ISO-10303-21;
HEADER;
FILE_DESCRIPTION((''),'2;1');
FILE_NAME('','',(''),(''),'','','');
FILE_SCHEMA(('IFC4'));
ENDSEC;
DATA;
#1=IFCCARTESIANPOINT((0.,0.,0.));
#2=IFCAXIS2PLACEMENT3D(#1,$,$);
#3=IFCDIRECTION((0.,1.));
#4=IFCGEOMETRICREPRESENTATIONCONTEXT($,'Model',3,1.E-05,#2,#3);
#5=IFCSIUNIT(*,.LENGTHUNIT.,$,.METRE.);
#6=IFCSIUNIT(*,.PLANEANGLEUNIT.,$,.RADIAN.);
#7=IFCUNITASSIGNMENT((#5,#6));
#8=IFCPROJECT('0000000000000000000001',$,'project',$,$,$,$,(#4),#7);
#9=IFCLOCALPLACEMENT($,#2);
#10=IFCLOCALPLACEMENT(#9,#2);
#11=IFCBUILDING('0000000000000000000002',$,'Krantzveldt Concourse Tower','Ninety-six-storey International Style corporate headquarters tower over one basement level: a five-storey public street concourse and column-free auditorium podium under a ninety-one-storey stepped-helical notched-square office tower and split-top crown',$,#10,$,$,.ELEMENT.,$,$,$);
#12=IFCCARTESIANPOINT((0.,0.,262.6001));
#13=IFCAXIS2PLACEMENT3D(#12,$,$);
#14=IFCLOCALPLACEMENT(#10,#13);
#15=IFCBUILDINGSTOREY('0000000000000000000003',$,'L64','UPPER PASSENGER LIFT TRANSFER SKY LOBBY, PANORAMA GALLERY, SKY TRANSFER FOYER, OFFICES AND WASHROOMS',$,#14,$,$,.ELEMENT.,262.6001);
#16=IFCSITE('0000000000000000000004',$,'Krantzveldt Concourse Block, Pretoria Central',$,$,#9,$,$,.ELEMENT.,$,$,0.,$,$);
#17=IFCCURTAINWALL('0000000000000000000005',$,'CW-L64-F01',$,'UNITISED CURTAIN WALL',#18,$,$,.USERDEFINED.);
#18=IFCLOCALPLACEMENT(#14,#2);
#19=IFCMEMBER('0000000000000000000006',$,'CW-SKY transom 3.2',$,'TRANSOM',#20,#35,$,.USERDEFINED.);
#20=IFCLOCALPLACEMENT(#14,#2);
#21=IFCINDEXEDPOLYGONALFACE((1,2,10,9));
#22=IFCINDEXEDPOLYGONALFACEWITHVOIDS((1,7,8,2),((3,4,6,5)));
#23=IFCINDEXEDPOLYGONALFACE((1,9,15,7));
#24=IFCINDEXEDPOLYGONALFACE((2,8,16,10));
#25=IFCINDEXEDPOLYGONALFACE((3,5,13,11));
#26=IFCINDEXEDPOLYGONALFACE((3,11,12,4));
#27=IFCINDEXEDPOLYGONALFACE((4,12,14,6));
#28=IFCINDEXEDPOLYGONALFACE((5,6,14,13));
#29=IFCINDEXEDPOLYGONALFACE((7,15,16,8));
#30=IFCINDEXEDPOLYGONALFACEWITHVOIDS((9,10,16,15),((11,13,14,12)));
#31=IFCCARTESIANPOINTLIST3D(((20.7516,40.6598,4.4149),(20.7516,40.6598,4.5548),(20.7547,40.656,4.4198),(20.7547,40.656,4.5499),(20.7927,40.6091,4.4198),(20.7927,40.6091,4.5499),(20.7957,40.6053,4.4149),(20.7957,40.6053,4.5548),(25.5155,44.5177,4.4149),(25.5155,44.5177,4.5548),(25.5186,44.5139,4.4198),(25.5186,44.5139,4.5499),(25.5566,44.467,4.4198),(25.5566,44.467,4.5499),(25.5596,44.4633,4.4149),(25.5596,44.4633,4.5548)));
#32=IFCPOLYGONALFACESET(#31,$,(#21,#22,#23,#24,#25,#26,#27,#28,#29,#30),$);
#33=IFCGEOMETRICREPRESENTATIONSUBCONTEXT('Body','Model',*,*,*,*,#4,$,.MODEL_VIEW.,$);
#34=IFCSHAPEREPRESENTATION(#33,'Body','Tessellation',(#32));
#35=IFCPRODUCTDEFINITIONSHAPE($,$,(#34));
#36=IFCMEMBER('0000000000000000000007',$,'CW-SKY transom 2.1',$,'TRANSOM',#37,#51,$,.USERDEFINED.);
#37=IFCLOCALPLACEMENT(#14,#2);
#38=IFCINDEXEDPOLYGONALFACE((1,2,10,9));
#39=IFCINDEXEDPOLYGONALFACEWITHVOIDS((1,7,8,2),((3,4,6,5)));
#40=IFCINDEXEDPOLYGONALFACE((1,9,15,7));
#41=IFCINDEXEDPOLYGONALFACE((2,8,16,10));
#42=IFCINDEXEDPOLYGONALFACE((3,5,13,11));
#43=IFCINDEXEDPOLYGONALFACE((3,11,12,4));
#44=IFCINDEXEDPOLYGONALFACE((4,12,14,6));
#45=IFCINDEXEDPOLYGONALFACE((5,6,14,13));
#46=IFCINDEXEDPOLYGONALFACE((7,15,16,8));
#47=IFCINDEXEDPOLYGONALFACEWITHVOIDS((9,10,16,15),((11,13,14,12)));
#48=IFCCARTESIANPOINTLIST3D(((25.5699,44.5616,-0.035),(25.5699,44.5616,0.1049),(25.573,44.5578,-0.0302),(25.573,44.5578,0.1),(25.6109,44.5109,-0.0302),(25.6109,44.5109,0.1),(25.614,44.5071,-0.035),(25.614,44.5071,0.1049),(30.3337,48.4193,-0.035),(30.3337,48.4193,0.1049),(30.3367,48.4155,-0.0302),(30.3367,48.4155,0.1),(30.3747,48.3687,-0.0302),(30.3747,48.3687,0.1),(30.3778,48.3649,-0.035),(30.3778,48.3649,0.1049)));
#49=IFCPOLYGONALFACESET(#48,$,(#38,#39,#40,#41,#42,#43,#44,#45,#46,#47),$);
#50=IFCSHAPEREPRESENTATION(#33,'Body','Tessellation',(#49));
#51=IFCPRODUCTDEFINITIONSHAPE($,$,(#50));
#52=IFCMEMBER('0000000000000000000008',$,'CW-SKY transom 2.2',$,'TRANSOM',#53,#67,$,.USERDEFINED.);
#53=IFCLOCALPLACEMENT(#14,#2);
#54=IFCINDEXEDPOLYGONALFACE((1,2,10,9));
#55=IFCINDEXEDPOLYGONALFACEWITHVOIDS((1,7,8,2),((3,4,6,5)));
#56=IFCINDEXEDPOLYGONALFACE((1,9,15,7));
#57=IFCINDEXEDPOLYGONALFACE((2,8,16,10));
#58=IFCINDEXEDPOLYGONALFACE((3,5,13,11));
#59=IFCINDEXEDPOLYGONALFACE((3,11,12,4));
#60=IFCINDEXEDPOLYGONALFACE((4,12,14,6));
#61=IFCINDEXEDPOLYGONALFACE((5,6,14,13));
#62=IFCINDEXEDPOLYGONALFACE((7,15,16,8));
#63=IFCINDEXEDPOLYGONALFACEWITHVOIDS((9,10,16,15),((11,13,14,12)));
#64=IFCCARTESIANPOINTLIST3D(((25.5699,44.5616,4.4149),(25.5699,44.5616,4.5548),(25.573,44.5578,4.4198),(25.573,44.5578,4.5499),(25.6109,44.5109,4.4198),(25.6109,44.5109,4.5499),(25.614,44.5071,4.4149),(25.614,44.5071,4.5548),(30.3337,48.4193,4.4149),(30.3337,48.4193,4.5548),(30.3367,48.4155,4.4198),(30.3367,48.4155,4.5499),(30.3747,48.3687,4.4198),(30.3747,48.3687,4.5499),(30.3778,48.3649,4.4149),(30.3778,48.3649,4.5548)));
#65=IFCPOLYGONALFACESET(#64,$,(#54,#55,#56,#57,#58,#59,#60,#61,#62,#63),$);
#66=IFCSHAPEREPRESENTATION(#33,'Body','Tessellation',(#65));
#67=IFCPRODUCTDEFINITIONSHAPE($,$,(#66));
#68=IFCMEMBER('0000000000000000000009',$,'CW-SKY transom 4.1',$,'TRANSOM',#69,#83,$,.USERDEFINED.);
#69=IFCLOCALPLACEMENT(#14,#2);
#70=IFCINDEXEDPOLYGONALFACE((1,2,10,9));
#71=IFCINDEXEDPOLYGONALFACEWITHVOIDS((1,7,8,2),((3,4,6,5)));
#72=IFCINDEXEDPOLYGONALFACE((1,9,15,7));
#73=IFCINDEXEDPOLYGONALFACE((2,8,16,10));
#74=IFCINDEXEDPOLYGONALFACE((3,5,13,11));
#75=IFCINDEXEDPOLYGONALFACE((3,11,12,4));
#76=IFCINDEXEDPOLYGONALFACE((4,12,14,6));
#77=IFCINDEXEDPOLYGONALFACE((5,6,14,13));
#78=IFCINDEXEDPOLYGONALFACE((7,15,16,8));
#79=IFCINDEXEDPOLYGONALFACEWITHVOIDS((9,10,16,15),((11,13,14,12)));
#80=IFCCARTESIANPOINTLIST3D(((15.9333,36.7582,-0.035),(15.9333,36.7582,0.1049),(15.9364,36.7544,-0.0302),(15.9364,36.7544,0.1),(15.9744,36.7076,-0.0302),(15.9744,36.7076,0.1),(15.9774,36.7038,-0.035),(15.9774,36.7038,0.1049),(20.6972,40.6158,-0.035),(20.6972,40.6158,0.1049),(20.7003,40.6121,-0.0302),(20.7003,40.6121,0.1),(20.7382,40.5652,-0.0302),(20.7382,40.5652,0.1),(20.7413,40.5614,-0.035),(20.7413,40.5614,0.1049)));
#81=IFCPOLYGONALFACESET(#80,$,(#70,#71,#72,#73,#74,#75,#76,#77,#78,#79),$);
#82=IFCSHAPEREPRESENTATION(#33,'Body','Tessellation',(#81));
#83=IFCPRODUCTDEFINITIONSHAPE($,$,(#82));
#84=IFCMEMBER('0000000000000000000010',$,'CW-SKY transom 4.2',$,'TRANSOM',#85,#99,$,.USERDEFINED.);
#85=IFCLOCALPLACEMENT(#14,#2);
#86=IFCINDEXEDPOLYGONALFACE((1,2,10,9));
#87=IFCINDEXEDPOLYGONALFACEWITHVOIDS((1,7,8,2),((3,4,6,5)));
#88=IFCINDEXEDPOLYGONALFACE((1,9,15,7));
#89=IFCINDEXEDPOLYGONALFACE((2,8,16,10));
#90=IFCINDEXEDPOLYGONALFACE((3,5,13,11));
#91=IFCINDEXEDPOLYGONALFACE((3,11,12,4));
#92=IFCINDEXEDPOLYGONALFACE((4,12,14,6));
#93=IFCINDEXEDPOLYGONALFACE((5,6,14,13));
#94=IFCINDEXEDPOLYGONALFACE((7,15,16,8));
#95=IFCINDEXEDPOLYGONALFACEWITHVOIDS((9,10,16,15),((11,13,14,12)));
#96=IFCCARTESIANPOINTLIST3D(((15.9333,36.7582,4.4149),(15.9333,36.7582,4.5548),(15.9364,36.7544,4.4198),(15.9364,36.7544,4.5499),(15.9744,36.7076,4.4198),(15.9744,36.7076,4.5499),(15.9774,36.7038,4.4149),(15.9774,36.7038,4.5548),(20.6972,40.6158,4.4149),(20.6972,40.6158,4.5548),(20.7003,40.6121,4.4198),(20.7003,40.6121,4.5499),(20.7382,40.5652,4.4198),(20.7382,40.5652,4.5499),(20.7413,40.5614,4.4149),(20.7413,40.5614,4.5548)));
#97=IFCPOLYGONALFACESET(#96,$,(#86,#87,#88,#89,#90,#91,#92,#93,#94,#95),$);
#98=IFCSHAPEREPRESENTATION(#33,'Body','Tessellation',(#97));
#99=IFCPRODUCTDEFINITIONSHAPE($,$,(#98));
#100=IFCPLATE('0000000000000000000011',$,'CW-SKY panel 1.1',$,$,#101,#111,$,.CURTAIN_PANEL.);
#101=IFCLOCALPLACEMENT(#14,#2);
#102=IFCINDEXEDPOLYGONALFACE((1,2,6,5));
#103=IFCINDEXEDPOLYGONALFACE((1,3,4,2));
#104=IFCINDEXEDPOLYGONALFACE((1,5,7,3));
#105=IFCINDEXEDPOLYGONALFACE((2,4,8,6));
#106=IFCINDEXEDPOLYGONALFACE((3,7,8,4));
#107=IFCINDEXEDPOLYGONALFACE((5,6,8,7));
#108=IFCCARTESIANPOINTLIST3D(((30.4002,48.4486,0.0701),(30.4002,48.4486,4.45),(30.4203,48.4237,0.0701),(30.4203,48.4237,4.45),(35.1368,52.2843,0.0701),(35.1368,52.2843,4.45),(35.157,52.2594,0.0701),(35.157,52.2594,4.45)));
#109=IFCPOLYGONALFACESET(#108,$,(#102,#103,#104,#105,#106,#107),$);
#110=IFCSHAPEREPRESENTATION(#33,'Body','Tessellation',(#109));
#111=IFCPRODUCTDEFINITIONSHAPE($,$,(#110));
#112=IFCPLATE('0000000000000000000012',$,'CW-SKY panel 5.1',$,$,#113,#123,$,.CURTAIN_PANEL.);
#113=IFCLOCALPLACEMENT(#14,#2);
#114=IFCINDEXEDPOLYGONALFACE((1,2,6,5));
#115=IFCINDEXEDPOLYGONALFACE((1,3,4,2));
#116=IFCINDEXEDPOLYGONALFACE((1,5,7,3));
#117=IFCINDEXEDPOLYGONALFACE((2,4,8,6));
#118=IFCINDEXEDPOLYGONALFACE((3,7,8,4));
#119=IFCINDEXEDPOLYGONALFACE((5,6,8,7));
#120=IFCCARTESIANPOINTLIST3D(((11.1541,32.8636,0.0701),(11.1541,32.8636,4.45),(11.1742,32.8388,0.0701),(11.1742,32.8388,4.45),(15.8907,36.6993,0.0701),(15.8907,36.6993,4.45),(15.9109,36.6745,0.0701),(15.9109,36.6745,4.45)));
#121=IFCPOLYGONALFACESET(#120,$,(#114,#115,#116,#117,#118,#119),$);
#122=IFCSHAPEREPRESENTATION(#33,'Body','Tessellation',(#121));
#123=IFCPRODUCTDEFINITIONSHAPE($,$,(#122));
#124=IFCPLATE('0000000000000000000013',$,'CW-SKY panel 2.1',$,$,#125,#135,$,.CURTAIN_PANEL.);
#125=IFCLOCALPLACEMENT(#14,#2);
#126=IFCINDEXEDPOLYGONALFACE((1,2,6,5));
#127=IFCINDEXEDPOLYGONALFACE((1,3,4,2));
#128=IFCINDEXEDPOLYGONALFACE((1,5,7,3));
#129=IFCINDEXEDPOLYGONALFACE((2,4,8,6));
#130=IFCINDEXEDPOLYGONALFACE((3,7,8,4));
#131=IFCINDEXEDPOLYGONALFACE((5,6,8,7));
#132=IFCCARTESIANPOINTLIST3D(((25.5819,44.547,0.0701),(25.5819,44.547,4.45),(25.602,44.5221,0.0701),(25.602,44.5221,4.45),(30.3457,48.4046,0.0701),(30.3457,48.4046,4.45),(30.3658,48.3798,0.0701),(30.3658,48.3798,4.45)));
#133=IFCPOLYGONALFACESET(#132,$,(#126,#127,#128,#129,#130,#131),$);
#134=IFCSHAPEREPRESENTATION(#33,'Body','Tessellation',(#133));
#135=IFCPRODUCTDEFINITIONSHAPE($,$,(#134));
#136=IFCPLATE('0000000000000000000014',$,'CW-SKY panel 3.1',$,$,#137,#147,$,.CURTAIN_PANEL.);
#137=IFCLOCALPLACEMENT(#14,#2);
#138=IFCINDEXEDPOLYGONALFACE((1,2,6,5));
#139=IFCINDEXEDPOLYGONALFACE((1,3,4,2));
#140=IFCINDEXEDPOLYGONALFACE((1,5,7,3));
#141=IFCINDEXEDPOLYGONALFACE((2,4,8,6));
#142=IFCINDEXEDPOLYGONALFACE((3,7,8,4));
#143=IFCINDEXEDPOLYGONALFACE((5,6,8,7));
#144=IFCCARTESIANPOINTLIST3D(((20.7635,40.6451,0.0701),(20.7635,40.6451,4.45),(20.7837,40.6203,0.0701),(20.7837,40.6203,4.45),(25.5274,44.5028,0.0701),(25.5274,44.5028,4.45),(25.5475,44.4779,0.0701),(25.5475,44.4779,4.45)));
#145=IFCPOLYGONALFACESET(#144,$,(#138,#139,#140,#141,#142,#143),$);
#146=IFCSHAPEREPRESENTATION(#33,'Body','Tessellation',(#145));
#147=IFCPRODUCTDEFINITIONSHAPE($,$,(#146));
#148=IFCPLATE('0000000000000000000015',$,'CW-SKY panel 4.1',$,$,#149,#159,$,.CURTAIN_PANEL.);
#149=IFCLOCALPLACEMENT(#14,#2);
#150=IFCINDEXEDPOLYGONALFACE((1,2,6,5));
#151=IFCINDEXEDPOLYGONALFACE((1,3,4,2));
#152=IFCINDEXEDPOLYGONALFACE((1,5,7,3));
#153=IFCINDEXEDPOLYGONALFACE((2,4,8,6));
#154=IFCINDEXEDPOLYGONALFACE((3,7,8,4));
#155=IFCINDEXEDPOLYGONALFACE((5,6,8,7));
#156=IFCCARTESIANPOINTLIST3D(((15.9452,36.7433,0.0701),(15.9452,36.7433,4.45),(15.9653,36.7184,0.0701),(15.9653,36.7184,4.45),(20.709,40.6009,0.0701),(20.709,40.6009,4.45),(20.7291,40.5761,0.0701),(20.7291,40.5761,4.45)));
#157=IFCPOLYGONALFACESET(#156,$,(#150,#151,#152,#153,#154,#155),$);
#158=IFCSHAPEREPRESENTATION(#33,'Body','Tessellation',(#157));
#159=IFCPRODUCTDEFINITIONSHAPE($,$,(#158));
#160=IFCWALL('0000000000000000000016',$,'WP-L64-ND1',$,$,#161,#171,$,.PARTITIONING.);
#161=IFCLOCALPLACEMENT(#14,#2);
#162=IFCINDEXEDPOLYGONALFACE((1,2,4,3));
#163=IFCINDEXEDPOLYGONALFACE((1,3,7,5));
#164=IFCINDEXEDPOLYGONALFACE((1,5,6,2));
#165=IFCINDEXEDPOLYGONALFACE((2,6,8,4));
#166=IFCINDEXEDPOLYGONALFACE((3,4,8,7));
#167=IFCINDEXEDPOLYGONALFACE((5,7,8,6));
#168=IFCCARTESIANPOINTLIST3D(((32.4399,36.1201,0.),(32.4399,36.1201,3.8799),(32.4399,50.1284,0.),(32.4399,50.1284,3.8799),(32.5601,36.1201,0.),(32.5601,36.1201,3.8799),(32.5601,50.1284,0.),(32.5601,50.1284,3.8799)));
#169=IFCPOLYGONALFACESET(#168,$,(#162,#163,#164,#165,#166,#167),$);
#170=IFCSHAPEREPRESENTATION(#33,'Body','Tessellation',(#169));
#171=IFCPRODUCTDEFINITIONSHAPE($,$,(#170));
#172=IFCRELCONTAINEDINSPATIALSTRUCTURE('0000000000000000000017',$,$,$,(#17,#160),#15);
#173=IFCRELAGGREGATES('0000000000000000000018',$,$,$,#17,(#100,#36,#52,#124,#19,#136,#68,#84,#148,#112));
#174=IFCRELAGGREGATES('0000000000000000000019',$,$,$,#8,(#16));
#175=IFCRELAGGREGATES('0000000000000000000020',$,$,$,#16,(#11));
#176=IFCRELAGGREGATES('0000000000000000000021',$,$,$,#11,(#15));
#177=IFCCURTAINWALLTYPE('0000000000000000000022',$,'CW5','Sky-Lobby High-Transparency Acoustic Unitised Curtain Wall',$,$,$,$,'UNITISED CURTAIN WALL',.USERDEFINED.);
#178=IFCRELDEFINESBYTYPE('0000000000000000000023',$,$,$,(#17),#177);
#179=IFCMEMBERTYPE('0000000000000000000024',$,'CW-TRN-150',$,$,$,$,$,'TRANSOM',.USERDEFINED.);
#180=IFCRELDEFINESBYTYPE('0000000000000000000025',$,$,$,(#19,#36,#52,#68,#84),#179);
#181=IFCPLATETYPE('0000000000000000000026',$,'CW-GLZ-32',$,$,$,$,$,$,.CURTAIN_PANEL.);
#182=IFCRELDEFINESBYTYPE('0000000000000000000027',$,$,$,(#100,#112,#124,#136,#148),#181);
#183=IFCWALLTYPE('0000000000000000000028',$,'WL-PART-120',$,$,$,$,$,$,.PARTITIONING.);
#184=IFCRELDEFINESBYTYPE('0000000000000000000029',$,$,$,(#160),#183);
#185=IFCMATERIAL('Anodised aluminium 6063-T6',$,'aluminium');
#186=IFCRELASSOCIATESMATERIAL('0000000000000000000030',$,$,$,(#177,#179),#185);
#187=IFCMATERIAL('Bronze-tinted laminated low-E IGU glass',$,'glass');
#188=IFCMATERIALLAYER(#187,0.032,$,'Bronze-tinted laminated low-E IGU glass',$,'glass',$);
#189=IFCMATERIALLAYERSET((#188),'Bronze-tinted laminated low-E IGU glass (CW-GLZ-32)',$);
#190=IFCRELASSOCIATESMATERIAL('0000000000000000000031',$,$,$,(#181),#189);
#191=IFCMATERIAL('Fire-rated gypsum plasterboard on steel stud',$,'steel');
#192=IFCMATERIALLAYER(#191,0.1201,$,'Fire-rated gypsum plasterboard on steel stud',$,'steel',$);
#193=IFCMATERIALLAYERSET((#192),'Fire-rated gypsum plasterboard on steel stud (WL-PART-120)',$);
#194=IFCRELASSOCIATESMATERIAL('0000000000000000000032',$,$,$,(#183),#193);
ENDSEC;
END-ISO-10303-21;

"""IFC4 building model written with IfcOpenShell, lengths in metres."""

from ifc_helpers import new_model, si_unit, direction, frame, frame_2d, origin, origin_2d, place, context, subcontext, project, spatial, rectangle, hollow_rectangle, extrude, source, transform, mapped, material, layer, layer_set, material_profile, profile_set, type_object, type_shapes, element, aggregate, save


model = new_model("IFC4")

# Units and contexts
model_context = context("Model", 3, precision=1e-05, world=origin(), true_north=direction((0.0, 1.0)))
body_context = subcontext(model_context, "Body", "Model", "MODEL_VIEW")
ifc_project = project(units=[si_unit("LENGTHUNIT", "METRE"), si_unit("PLANEANGLEUNIT", "RADIAN")], contexts=[model_context])

# Site, building, storey
site_placement = place(None, origin())
site = spatial("IfcSite", under=ifc_project, at=site_placement, Name="Krantzveldt Concourse Block, Pretoria Central", CompositionType="ELEMENT", RefElevation=0.0)
building_placement = place(site_placement, origin())
building = spatial("IfcBuilding", under=site, at=building_placement, Name="Krantzveldt Concourse Tower", Description="Ninety-six-storey International Style corporate headquarters tower over one basement level: a five-storey public street concourse and column-free auditorium podium under a ninety-one-storey stepped-helical notched-square office tower and split-top crown", CompositionType="ELEMENT")
storey_placement = place(building_placement, frame((0.0, 0.0, 262.6001)))
storey = spatial("IfcBuildingStorey", under=building, at=storey_placement, Name="L64", Description="UPPER PASSENGER LIFT TRANSFER SKY LOBBY, PANORAMA GALLERY, SKY TRANSFER FOYER, OFFICES AND WASHROOMS", CompositionType="ELEMENT", Elevation=262.6001)

# Curtain wall, members, plates
ifc_material_1 = material(Name="Anodised aluminium 6063-T6", Category="aluminium")
curtain_wall_type = type_object("IfcCurtainWallType", Name="CW5", Description="Sky-Lobby High-Transparency Acoustic Unitised Curtain Wall", ElementType="UNITISED CURTAIN WALL", PredefinedType="USERDEFINED", material=ifc_material_1)
curtain_wall_placement = place(storey_placement, origin())
curtain_wall = element("IfcCurtainWall", 1, at=curtain_wall_placement, inside=storey, type_object=curtain_wall_type, Name="CW-L64-F01", ObjectType="UNITISED CURTAIN WALL", PredefinedType="USERDEFINED")
ifc_material_profile_1 = material_profile(ifc_material_1, hollow_rectangle(XDim=0.0701, YDim=0.1399, WallThickness=0.0049, at=origin_2d()), Name="Anodised aluminium 6063-T6", Category="aluminium")
ifc_profile_set_1 = profile_set([ifc_material_profile_1], Name="Anodised aluminium 6063-T6 - ALU-TRAN 140x70x5")
member_type_1 = type_object("IfcMemberType", Name="CW-TRN-150", ElementType="TRANSOM", PredefinedType="USERDEFINED", material=ifc_profile_set_1)
shared_shape_1 = source(origin(), body_context, "Body", "SweptSolid", [
    extrude(hollow_rectangle(XDim=0.0701, YDim=0.1399, WallThickness=0.0049, at=origin_2d()), origin(), (0.0, 0.0, 1.0), 6.1301),
])
member_1_placement = place(storey_placement, frame((25.5376, 44.4905, 4.4849), z_axis=(-0.777133, -0.629337, 0.0), x_axis=(0.629337, -0.777133, 0.0)))
member_1 = element("IfcMember", 2, at=member_1_placement, type_object=member_type_1, Name="CW-SKY transom 3.2", ObjectType="TRANSOM", PredefinedType="USERDEFINED", context=body_context, shape_type="MappedRepresentation", body=[
    mapped(shared_shape_1, transform((0.0, 0.0, 0.0), x_axis=(1.0, 0.0, 0.0), y_axis=(0.0, 1.0, 0.0), z_axis=(0.0, 0.0, 1.0), scale=1.0)),
])
shared_shape_2 = source(origin(), body_context, "Body", "SweptSolid", [
    extrude(hollow_rectangle(XDim=0.0701, YDim=0.1399, WallThickness=0.0049, at=origin_2d()), origin(), (0.0, 0.0, 1.0), 6.1299),
])
member_2_placement = place(storey_placement, frame((30.3557, 48.3921, 0.0349), z_axis=(-0.777136, -0.629332, 0.0), x_axis=(0.629332, -0.777136, 0.0)))
member_2 = element("IfcMember", 3, at=member_2_placement, type_object=member_type_1, Name="CW-SKY transom 2.1", ObjectType="TRANSOM", PredefinedType="USERDEFINED", context=body_context, shape_type="MappedRepresentation", body=[
    mapped(shared_shape_2, transform((0.0, 0.0, 0.0), x_axis=(1.0, 0.0, 0.0), y_axis=(0.0, 1.0, 0.0), z_axis=(0.0, 0.0, 1.0), scale=1.0)),
])
member_3_placement = place(storey_placement, frame((30.3557, 48.3921, 4.4849), z_axis=(-0.777136, -0.629332, 0.0), x_axis=(0.629332, -0.777136, 0.0)))
member_3 = element("IfcMember", 4, at=member_3_placement, type_object=member_type_1, Name="CW-SKY transom 2.2", ObjectType="TRANSOM", PredefinedType="USERDEFINED", context=body_context, shape_type="MappedRepresentation", body=[
    mapped(shared_shape_2, transform((0.0, 0.0, 0.0), x_axis=(1.0, 0.0, 0.0), y_axis=(0.0, 1.0, 0.0), z_axis=(0.0, 0.0, 1.0), scale=1.0)),
])
member_4_placement = place(storey_placement, frame((20.7192, 40.5886, 0.0349), z_axis=(-0.777152, -0.629313, 0.0), x_axis=(0.629313, -0.777152, 0.0)))
member_4 = element("IfcMember", 5, at=member_4_placement, type_object=member_type_1, Name="CW-SKY transom 4.1", ObjectType="TRANSOM", PredefinedType="USERDEFINED", context=body_context, shape_type="MappedRepresentation", body=[
    mapped(shared_shape_2, transform((0.0, 0.0, 0.0), x_axis=(1.0, 0.0, 0.0), y_axis=(0.0, 1.0, 0.0), z_axis=(0.0, 0.0, 1.0), scale=1.0)),
])
member_5_placement = place(storey_placement, frame((20.7192, 40.5886, 4.4849), z_axis=(-0.777152, -0.629313, 0.0), x_axis=(0.629313, -0.777152, 0.0)))
member_5 = element("IfcMember", 6, at=member_5_placement, type_object=member_type_1, Name="CW-SKY transom 4.2", ObjectType="TRANSOM", PredefinedType="USERDEFINED", context=body_context, shape_type="MappedRepresentation", body=[
    mapped(shared_shape_2, transform((0.0, 0.0, 0.0), x_axis=(1.0, 0.0, 0.0), y_axis=(0.0, 1.0, 0.0), z_axis=(0.0, 0.0, 1.0), scale=1.0)),
])
ifc_material_2 = material(Name="Bronze-tinted laminated low-E IGU glass", Category="glass")
ifc_layer_1 = layer(ifc_material_2, 0.032, Name="Bronze-tinted laminated low-E IGU glass", Category="glass")
ifc_layer_set_1 = layer_set([ifc_layer_1], Name="Bronze-tinted laminated low-E IGU glass (CW-GLZ-32)")
plate_type = type_object("IfcPlateType", Name="CW-GLZ-32", PredefinedType="CURTAIN_PANEL", material=ifc_layer_set_1)
shared_shape_3 = source(origin(), body_context, "Body", "SweptSolid", [
    extrude(rectangle(XDim=6.095, YDim=0.032, at=origin_2d()), origin(), (0.0, 0.0, 1.0), 4.3799),
])
plate_1_placement = place(storey_placement, frame((32.7786, 50.354, 0.0701), z_axis=(0.0, 0.0, 1.0), x_axis=(-0.777146, -0.62932, 0.0)))
plate_1 = element("IfcPlate", 7, at=plate_1_placement, type_object=plate_type, Name="CW-SKY panel 1.1", PredefinedType="CURTAIN_PANEL", context=body_context, shape_type="MappedRepresentation", body=[
    mapped(shared_shape_3, transform((0.0, 0.0, 0.0), x_axis=(1.0, 0.0, 0.0), y_axis=(0.0, 1.0, 0.0), z_axis=(0.0, 0.0, 1.0), scale=1.0)),
])
plate_2_placement = place(storey_placement, frame((13.5325, 34.769, 0.0701), z_axis=(0.0, 0.0, 1.0), x_axis=(-0.777146, -0.62932, 0.0)))
plate_2 = element("IfcPlate", 8, at=plate_2_placement, type_object=plate_type, Name="CW-SKY panel 5.1", PredefinedType="CURTAIN_PANEL", context=body_context, shape_type="MappedRepresentation", body=[
    mapped(shared_shape_3, transform((0.0, 0.0, 0.0), x_axis=(1.0, 0.0, 0.0), y_axis=(0.0, 1.0, 0.0), z_axis=(0.0, 0.0, 1.0), scale=1.0)),
])
shared_shape_4 = source(origin(), body_context, "Body", "SweptSolid", [
    extrude(rectangle(XDim=6.1299, YDim=0.032, at=origin_2d()), origin(), (0.0, 0.0, 1.0), 4.3799),
])
type_shapes(plate_type, [shared_shape_3, shared_shape_4])
plate_3_placement = place(storey_placement, frame((27.9739, 46.4634, 0.0701), z_axis=(0.0, 0.0, 1.0), x_axis=(-0.777146, -0.62932, 0.0)))
plate_3 = element("IfcPlate", 9, at=plate_3_placement, type_object=plate_type, Name="CW-SKY panel 2.1", PredefinedType="CURTAIN_PANEL", context=body_context, shape_type="MappedRepresentation", body=[
    mapped(shared_shape_4, transform((0.0, 0.0, 0.0), x_axis=(1.0, 0.0, 0.0), y_axis=(0.0, 1.0, 0.0), z_axis=(0.0, 0.0, 1.0), scale=1.0)),
])
plate_4_placement = place(storey_placement, frame((23.1555, 42.5615, 0.0701), z_axis=(0.0, 0.0, 1.0), x_axis=(-0.777146, -0.62932, 0.0)))
plate_4 = element("IfcPlate", 10, at=plate_4_placement, type_object=plate_type, Name="CW-SKY panel 3.1", PredefinedType="CURTAIN_PANEL", context=body_context, shape_type="MappedRepresentation", body=[
    mapped(shared_shape_4, transform((0.0, 0.0, 0.0), x_axis=(1.0, 0.0, 0.0), y_axis=(0.0, 1.0, 0.0), z_axis=(0.0, 0.0, 1.0), scale=1.0)),
])
plate_5_placement = place(storey_placement, frame((18.3372, 38.6597, 0.0701), z_axis=(0.0, 0.0, 1.0), x_axis=(-0.777146, -0.62932, 0.0)))
plate_5 = element("IfcPlate", 11, at=plate_5_placement, type_object=plate_type, Name="CW-SKY panel 4.1", PredefinedType="CURTAIN_PANEL", context=body_context, shape_type="MappedRepresentation", body=[
    mapped(shared_shape_4, transform((0.0, 0.0, 0.0), x_axis=(1.0, 0.0, 0.0), y_axis=(0.0, 1.0, 0.0), z_axis=(0.0, 0.0, 1.0), scale=1.0)),
])
aggregate(curtain_wall, [plate_1, member_2, member_3, plate_3, member_1, plate_4, member_4, member_5, plate_5, plate_2])

# Wall
ifc_material_3 = material(Name="Fire-rated gypsum plasterboard on steel stud", Category="steel")
ifc_layer_2 = layer(ifc_material_3, 0.1201, Name="Fire-rated gypsum plasterboard on steel stud", Category="steel")
ifc_layer_set_2 = layer_set([ifc_layer_2], Name="Fire-rated gypsum plasterboard on steel stud (WL-PART-120)")
wall_type_1 = type_object("IfcWallType", Name="WL-PART-120", PredefinedType="PARTITIONING", material=ifc_layer_set_2)
wall_1_placement = place(storey_placement, frame((32.5, 36.1201, 0.0), z_axis=(0.0, 0.0, 1.0), x_axis=(0.0, 1.0, 0.0)))
element("IfcWall", 12, at=wall_1_placement, inside=storey, type_object=wall_type_1, Name="WP-L64-ND1", PredefinedType="PARTITIONING", context=body_context, shape_type="SweptSolid", body=[
    extrude(rectangle(XDim=14.0083, YDim=0.1201, at=frame_2d((7.0042, 0.0))), origin(), (0.0, 0.0, 1.0), 3.8799),
])

save(model, "model.ifc")
